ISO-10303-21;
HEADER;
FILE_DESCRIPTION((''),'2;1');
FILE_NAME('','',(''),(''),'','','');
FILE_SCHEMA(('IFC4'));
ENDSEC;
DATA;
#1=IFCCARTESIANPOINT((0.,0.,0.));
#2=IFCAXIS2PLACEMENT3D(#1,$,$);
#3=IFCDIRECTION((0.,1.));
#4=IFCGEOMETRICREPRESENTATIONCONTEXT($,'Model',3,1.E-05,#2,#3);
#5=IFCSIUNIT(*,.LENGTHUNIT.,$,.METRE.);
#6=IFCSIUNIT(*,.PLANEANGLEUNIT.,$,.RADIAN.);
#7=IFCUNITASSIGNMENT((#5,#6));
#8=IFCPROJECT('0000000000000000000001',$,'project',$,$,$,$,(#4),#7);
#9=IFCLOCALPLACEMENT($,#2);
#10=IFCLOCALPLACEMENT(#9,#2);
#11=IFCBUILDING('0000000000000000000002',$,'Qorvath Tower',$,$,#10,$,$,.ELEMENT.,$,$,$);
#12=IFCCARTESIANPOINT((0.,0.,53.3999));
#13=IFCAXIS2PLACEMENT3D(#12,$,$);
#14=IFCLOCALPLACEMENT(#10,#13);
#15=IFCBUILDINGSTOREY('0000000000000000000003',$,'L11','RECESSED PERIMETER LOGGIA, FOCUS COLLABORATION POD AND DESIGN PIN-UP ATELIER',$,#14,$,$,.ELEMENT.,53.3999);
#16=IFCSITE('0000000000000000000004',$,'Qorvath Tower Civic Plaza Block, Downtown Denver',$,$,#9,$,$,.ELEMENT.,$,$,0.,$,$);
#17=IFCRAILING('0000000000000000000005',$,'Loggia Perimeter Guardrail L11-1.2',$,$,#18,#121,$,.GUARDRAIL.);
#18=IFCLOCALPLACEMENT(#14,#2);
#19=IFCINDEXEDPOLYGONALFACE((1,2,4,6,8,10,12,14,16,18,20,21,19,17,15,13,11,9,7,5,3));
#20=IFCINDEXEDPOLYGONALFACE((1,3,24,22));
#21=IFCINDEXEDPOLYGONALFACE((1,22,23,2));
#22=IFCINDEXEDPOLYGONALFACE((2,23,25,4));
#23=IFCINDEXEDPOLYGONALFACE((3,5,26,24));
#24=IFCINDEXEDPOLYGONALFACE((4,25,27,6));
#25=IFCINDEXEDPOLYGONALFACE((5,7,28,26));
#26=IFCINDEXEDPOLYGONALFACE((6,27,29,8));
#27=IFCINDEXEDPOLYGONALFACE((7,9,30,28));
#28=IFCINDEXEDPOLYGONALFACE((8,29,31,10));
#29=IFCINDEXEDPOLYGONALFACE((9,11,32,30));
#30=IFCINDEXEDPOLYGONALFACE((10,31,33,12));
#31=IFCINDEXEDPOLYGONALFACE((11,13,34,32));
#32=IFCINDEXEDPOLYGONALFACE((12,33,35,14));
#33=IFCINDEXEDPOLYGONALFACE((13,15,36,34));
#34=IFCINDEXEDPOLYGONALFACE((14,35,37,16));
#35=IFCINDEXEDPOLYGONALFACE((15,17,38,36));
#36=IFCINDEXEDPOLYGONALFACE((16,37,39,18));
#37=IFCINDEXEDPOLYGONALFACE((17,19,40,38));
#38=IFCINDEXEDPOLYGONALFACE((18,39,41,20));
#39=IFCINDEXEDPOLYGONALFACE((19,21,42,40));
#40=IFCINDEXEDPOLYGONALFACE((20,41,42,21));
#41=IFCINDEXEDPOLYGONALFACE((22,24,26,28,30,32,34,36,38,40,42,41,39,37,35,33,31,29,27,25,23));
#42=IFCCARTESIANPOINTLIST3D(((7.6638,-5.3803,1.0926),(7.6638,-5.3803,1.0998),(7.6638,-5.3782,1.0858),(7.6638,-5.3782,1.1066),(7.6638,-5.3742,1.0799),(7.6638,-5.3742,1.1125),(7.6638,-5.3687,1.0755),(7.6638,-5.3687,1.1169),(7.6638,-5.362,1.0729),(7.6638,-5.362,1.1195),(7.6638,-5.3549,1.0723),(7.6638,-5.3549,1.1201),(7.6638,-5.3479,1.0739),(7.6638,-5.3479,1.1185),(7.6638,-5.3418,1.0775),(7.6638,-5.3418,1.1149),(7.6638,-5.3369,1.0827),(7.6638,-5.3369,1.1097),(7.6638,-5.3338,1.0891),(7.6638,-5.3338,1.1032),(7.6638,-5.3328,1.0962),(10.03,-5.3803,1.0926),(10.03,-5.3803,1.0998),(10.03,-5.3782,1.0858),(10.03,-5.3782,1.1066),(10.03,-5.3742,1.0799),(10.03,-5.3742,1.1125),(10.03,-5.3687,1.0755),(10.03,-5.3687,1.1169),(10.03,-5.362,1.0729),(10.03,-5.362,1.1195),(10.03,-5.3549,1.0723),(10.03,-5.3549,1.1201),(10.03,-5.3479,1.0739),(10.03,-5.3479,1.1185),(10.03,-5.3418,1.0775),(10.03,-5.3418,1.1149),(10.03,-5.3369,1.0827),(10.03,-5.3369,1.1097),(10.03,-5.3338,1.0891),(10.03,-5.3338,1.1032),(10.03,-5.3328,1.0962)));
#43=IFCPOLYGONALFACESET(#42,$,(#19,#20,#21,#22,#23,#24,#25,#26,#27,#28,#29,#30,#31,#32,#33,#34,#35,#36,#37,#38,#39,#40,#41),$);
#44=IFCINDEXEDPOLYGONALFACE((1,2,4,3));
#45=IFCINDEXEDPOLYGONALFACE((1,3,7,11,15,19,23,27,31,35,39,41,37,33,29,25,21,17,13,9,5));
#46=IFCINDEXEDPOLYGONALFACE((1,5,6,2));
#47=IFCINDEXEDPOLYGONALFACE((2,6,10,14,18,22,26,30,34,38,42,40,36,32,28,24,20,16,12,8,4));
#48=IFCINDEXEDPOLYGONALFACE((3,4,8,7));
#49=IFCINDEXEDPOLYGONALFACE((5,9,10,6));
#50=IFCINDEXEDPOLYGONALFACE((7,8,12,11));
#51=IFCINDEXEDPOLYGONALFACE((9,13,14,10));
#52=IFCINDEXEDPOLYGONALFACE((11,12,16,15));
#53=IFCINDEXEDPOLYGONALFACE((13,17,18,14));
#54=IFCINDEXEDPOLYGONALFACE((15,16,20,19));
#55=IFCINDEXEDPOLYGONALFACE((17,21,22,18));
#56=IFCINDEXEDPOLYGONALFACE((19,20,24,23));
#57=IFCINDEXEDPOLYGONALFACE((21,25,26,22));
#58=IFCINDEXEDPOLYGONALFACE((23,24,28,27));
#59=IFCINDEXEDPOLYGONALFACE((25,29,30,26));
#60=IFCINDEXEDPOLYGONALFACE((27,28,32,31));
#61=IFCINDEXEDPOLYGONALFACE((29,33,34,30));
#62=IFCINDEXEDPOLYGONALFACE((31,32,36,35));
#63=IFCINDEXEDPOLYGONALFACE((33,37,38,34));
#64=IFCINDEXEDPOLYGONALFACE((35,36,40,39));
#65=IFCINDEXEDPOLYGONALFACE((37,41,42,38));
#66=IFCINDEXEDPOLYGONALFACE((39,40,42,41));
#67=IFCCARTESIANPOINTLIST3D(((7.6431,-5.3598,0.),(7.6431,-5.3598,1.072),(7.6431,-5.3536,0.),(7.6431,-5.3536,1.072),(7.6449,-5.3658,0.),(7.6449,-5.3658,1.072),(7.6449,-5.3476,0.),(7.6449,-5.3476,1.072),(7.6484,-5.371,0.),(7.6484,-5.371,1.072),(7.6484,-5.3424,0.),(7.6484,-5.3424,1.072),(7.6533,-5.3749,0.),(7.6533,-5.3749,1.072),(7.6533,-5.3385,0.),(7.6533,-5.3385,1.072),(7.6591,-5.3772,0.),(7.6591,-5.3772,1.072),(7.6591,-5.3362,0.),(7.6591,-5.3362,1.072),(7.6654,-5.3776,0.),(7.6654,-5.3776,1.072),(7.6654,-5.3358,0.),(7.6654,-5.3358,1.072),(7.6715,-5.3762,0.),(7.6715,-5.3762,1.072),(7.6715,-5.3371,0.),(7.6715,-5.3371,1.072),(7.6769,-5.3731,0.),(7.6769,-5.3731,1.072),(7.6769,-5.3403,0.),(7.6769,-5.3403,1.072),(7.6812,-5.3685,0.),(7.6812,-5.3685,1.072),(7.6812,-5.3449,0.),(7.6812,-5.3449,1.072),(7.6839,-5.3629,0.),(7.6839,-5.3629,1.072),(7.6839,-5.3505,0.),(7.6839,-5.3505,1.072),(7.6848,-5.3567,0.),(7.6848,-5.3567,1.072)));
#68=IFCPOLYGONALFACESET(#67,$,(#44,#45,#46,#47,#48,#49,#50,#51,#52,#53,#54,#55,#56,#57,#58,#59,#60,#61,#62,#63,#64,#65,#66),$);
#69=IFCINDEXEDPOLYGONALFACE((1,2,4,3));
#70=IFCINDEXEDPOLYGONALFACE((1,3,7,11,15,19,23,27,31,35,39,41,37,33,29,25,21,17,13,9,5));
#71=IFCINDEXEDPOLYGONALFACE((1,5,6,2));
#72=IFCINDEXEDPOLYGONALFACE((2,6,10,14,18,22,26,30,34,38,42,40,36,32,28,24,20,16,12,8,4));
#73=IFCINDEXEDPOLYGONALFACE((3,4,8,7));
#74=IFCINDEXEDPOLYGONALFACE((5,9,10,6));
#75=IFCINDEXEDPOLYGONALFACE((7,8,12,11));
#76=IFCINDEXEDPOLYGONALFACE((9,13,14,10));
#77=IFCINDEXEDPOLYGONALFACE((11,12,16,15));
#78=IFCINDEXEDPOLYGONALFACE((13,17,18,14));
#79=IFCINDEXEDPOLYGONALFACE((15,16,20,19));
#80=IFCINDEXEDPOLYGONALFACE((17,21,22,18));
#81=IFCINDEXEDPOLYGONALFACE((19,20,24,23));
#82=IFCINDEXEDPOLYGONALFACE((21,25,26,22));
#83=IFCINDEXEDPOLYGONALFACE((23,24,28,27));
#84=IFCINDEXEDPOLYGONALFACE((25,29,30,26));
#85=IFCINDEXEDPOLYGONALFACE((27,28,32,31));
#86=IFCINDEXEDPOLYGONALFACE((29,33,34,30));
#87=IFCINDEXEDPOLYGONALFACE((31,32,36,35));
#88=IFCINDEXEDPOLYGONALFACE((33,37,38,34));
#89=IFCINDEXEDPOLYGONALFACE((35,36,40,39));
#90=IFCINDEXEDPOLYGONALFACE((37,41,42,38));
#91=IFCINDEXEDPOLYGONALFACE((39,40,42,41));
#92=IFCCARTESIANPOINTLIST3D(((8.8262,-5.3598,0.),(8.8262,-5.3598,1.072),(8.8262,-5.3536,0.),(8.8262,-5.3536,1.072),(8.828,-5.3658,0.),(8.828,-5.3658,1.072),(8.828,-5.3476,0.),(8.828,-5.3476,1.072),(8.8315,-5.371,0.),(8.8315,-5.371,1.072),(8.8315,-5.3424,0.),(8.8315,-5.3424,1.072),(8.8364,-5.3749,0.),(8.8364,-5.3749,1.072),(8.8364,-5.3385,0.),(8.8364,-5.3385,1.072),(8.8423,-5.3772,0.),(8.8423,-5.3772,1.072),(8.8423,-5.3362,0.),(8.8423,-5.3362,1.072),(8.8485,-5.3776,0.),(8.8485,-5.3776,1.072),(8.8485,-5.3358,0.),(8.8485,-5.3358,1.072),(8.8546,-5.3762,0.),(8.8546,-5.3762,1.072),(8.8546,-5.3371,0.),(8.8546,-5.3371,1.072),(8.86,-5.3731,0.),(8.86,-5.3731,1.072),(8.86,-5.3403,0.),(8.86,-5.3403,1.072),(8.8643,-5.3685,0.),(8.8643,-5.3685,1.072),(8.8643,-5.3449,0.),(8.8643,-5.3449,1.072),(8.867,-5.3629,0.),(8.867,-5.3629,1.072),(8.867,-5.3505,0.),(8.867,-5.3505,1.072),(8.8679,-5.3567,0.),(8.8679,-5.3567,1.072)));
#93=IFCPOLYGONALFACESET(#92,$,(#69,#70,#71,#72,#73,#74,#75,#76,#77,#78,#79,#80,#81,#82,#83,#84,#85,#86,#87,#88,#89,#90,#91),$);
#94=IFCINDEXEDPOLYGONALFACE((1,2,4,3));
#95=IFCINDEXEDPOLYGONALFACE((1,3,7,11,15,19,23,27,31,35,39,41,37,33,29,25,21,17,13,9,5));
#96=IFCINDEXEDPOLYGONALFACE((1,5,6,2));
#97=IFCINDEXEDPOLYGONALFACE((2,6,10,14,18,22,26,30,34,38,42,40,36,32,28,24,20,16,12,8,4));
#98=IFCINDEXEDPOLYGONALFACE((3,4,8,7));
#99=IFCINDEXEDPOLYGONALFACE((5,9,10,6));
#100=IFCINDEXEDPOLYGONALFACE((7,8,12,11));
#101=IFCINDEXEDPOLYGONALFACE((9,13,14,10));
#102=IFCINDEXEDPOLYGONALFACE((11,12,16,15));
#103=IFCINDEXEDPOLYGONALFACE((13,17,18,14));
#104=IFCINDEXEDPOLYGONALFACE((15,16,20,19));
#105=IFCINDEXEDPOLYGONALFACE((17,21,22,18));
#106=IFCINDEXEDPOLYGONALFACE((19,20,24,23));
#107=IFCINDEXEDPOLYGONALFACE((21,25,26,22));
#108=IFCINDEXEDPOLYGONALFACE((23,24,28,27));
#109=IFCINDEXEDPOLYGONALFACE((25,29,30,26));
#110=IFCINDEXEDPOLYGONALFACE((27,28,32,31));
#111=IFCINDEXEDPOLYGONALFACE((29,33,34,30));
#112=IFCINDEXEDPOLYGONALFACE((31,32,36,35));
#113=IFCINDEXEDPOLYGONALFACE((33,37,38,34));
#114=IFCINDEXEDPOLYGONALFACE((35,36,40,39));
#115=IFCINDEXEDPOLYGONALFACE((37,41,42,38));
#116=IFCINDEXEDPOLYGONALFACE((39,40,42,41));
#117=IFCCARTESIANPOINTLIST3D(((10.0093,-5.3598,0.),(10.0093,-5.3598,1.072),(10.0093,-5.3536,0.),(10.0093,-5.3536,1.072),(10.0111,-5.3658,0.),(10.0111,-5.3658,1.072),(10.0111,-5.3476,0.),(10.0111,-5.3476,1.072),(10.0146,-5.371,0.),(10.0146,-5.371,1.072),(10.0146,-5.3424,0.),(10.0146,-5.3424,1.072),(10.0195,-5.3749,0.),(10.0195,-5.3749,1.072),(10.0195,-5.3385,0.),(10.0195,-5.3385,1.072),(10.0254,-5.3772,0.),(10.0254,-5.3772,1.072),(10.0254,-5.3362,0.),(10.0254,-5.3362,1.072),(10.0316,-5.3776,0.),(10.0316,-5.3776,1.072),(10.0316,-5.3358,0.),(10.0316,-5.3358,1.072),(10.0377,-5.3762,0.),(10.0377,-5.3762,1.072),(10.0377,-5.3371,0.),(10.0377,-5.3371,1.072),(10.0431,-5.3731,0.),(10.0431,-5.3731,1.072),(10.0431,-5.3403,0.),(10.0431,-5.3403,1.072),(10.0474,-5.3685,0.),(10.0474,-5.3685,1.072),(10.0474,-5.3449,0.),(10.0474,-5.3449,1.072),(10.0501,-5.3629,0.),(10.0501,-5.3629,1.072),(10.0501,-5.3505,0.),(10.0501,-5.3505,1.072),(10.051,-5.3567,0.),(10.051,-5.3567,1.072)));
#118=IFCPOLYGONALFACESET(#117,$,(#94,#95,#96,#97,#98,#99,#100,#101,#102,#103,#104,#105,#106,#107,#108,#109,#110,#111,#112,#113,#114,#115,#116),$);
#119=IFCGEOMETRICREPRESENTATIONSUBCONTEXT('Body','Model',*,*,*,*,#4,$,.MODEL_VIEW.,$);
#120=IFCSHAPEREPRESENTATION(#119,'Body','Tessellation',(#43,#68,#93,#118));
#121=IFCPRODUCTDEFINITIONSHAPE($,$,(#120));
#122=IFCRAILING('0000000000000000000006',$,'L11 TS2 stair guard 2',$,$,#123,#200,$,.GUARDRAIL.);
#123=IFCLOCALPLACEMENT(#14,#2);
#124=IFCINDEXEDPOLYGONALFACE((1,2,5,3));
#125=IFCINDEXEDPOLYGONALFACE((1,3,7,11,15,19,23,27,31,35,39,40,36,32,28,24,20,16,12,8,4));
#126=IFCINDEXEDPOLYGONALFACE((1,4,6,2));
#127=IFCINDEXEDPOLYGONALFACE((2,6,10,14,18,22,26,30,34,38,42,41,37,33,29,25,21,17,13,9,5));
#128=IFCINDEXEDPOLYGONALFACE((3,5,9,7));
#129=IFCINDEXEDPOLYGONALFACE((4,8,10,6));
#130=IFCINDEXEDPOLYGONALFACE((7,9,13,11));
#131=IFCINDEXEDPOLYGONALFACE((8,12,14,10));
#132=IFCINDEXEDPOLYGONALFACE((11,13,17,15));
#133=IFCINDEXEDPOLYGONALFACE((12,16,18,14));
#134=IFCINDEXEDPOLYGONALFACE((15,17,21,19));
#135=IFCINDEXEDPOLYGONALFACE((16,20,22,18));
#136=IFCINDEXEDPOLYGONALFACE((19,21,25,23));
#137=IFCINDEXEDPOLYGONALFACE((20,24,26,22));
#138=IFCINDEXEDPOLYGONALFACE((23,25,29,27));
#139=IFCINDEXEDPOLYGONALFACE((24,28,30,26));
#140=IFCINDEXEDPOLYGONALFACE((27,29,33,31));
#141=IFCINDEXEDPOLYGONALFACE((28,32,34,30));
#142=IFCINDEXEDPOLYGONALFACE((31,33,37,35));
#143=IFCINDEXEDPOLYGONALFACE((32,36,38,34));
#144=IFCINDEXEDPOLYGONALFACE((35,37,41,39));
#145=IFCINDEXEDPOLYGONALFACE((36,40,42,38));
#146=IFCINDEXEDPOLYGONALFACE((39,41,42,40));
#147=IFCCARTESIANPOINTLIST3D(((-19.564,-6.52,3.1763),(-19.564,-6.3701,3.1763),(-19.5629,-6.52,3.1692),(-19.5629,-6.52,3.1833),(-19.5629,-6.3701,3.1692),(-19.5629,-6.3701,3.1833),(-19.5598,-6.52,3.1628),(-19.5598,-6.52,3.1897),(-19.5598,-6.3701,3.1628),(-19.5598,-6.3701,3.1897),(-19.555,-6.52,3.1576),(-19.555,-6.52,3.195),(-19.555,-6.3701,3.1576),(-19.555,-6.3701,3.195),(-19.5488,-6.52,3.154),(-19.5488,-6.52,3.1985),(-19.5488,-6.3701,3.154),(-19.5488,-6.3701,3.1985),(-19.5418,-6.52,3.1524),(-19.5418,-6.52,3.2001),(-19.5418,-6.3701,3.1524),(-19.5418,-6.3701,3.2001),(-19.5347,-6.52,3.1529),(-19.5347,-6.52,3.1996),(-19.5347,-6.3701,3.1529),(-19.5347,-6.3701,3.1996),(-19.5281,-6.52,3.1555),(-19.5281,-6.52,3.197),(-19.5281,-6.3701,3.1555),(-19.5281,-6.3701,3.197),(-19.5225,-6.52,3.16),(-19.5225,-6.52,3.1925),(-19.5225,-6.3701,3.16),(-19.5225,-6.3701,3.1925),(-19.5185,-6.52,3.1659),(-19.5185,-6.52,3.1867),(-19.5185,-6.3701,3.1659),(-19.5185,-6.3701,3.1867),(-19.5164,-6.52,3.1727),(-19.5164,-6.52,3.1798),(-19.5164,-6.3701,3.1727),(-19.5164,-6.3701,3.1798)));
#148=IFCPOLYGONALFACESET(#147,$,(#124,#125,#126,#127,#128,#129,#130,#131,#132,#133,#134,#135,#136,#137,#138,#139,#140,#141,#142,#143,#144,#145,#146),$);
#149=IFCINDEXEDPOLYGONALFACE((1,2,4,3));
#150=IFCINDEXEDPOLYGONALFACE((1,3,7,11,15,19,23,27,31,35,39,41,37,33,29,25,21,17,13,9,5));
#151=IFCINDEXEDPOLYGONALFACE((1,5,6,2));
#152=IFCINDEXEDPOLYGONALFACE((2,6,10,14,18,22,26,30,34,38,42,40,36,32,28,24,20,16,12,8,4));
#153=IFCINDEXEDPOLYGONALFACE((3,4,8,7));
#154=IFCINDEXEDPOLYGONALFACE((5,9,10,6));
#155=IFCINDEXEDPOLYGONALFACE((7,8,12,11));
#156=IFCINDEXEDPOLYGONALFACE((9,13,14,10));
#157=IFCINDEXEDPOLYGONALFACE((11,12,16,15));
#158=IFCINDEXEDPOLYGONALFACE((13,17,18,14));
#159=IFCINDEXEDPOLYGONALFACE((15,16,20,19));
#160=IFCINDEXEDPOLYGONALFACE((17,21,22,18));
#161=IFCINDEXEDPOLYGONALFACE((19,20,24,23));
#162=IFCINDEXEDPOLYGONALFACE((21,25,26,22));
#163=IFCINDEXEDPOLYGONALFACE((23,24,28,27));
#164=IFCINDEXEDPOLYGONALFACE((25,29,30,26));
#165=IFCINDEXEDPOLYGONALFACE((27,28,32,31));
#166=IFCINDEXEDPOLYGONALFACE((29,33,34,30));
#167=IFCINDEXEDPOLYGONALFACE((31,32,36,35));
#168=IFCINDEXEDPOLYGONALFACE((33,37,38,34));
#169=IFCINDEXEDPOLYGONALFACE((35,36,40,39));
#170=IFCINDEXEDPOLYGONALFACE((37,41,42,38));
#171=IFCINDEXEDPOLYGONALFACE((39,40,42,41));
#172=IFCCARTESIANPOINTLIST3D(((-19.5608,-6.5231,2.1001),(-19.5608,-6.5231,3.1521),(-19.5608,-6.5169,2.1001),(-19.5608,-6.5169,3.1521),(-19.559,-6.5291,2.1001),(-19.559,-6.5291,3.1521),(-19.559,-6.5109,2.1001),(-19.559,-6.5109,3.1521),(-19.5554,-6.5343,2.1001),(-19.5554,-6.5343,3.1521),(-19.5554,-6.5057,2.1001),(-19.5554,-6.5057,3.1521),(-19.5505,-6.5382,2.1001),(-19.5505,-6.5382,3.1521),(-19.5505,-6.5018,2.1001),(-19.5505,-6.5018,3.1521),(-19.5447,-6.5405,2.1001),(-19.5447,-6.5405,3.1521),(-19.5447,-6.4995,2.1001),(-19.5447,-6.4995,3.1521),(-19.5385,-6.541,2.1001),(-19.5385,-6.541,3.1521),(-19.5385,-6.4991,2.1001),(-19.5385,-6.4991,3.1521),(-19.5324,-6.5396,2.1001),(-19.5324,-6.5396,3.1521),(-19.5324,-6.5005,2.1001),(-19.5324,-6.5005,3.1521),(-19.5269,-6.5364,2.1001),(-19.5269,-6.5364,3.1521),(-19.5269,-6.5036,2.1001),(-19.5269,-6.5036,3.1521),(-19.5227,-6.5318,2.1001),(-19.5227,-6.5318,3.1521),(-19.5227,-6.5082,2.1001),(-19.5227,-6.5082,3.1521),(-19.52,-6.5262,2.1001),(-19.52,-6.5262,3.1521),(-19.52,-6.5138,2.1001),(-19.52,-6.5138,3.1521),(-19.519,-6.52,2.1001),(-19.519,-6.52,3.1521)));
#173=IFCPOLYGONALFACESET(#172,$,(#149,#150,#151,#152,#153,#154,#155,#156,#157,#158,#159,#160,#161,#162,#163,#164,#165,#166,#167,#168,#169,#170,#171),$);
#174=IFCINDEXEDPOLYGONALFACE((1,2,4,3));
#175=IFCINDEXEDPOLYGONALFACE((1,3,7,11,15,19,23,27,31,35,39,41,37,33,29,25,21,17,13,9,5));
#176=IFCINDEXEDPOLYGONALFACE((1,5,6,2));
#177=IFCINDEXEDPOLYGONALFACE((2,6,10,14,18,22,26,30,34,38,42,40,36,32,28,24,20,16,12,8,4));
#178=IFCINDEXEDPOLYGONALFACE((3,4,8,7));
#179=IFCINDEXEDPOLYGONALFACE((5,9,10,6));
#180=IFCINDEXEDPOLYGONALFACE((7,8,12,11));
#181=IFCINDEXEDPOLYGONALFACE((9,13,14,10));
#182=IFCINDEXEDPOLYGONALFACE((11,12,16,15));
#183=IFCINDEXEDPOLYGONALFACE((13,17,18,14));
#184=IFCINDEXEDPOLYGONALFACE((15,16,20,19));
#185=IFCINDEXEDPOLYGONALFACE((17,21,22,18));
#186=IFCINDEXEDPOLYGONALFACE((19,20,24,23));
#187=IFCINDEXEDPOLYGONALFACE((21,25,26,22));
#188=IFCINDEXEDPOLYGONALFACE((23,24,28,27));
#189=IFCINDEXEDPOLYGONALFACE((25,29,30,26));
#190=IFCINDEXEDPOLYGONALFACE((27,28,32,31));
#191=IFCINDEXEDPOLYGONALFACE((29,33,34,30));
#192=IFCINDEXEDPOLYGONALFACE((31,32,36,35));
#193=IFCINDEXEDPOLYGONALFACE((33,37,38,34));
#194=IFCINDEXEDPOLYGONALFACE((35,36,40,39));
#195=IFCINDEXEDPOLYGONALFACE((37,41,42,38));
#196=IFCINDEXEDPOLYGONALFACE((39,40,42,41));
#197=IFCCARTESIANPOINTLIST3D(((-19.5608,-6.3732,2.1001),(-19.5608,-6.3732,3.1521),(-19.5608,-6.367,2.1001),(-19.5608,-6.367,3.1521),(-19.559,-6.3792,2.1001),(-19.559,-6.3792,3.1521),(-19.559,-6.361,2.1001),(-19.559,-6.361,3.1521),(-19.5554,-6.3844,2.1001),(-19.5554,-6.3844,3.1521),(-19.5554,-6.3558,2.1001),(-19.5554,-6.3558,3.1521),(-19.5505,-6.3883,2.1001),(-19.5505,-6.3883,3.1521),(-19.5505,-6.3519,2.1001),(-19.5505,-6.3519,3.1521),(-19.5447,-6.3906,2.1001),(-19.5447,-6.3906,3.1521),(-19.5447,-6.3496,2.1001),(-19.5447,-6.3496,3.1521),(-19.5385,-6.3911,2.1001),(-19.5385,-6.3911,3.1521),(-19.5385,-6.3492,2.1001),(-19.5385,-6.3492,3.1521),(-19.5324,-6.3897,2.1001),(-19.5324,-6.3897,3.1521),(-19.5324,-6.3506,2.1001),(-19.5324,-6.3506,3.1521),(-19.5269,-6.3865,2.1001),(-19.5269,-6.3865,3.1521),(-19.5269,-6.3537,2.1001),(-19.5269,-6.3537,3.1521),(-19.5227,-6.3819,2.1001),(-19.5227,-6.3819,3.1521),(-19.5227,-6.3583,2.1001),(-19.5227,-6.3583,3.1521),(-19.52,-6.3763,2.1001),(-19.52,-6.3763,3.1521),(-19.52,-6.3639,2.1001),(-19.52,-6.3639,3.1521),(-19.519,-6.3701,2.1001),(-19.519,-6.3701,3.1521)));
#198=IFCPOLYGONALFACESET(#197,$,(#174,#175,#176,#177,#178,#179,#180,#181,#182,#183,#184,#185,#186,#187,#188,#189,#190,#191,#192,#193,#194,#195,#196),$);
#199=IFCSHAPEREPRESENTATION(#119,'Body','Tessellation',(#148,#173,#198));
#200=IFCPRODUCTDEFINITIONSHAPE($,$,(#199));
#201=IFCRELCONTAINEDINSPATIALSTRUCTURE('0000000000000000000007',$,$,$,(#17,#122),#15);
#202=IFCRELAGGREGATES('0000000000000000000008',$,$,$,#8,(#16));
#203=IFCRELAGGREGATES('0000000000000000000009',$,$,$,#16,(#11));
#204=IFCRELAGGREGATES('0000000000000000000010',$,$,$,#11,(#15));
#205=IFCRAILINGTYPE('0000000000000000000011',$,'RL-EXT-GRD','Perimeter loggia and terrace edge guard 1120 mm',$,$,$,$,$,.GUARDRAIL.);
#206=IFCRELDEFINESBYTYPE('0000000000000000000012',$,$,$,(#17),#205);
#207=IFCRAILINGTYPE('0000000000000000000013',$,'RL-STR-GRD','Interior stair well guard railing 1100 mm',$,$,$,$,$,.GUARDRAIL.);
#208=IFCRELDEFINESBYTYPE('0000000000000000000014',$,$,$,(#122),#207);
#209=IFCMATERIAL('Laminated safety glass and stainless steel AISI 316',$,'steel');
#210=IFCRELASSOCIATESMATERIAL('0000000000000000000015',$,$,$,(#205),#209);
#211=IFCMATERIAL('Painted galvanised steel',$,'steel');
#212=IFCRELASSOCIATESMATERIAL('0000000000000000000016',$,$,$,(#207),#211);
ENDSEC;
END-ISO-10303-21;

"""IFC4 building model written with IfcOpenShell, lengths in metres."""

from ifc_helpers import new_model, si_unit, direction, frame, origin, origin_2d, place, context, subcontext, project, spatial, circle, extrude, material, type_object, element, save


model = new_model("IFC4")

# Units and contexts
model_context = context("Model", 3, precision=1e-05, world=origin(), true_north=direction((0.0, 1.0)))
body_context = subcontext(model_context, "Body", "Model", "MODEL_VIEW")
ifc_project = project(units=[si_unit("LENGTHUNIT", "METRE"), si_unit("PLANEANGLEUNIT", "RADIAN")], contexts=[model_context])

# Site, building, storey
site_placement = place(None, origin())
site = spatial("IfcSite", under=ifc_project, at=site_placement, Name="Qorvath Tower Civic Plaza Block, Downtown Denver", CompositionType="ELEMENT", RefElevation=0.0)
building_placement = place(site_placement, origin())
building = spatial("IfcBuilding", under=site, at=building_placement, Name="Qorvath Tower", CompositionType="ELEMENT")
storey_placement = place(building_placement, frame((0.0, 0.0, 53.3999)))
storey = spatial("IfcBuildingStorey", under=building, at=storey_placement, Name="L11", Description="RECESSED PERIMETER LOGGIA, FOCUS COLLABORATION POD AND DESIGN PIN-UP ATELIER", CompositionType="ELEMENT", Elevation=53.3999)

# Railings
ifc_material_1 = material(Name="Laminated safety glass and stainless steel AISI 316", Category="steel")
railing_type_1 = type_object("IfcRailingType", Name="RL-EXT-GRD", Description="Perimeter loggia and terrace edge guard 1120 mm", PredefinedType="GUARDRAIL", material=ifc_material_1)
railing_1_placement = place(storey_placement, frame((7.6638, -5.3567, 0.0)))
element("IfcRailing", 1, at=railing_1_placement, inside=storey, type_object=railing_type_1, Name="Loggia Perimeter Guardrail L11-1.2", PredefinedType="GUARDRAIL", context=body_context, shape_type="SweptSolid", body=[
    extrude(circle(Radius=0.0239, at=origin_2d()), frame((0.0, 0.0, 1.0962), z_axis=(1.0, 0.0, 0.0), x_axis=(0.0, 1.0, 0.0)), (0.0, 0.0, 1.0), 2.3662),
    extrude(circle(Radius=0.021, at=origin_2d()), origin(), (0.0, 0.0, 1.0), 1.072),
    extrude(circle(Radius=0.021, at=origin_2d()), frame((1.1831, 0.0, 0.0)), (0.0, 0.0, 1.0), 1.072),
    extrude(circle(Radius=0.021, at=origin_2d()), frame((2.3662, 0.0, 0.0)), (0.0, 0.0, 1.0), 1.072),
])
ifc_material_2 = material(Name="Painted galvanised steel", Category="steel")
railing_type_2 = type_object("IfcRailingType", Name="RL-STR-GRD", Description="Interior stair well guard railing 1100 mm", PredefinedType="GUARDRAIL", material=ifc_material_2)
railing_2_placement = place(storey_placement, frame((-19.54, -6.52, 2.1001)))
element("IfcRailing", 2, at=railing_2_placement, inside=storey, type_object=railing_type_2, Name="L11 TS2 stair guard 2", PredefinedType="GUARDRAIL", context=body_context, shape_type="SweptSolid", body=[
    extrude(circle(Radius=0.0239, at=origin_2d()), frame((0.0, 0.0, 1.0762), z_axis=(0.0, 1.0, 0.0), x_axis=(-1.0, 0.0, 0.0)), (0.0, 0.0, 1.0), 0.1499),
    extrude(circle(Radius=0.021, at=origin_2d()), origin(), (0.0, 0.0, 1.0), 1.052),
    extrude(circle(Radius=0.021, at=origin_2d()), frame((0.0, 0.1499, 0.0)), (0.0, 0.0, 1.0), 1.052),
])

save(model, "model.ifc")
